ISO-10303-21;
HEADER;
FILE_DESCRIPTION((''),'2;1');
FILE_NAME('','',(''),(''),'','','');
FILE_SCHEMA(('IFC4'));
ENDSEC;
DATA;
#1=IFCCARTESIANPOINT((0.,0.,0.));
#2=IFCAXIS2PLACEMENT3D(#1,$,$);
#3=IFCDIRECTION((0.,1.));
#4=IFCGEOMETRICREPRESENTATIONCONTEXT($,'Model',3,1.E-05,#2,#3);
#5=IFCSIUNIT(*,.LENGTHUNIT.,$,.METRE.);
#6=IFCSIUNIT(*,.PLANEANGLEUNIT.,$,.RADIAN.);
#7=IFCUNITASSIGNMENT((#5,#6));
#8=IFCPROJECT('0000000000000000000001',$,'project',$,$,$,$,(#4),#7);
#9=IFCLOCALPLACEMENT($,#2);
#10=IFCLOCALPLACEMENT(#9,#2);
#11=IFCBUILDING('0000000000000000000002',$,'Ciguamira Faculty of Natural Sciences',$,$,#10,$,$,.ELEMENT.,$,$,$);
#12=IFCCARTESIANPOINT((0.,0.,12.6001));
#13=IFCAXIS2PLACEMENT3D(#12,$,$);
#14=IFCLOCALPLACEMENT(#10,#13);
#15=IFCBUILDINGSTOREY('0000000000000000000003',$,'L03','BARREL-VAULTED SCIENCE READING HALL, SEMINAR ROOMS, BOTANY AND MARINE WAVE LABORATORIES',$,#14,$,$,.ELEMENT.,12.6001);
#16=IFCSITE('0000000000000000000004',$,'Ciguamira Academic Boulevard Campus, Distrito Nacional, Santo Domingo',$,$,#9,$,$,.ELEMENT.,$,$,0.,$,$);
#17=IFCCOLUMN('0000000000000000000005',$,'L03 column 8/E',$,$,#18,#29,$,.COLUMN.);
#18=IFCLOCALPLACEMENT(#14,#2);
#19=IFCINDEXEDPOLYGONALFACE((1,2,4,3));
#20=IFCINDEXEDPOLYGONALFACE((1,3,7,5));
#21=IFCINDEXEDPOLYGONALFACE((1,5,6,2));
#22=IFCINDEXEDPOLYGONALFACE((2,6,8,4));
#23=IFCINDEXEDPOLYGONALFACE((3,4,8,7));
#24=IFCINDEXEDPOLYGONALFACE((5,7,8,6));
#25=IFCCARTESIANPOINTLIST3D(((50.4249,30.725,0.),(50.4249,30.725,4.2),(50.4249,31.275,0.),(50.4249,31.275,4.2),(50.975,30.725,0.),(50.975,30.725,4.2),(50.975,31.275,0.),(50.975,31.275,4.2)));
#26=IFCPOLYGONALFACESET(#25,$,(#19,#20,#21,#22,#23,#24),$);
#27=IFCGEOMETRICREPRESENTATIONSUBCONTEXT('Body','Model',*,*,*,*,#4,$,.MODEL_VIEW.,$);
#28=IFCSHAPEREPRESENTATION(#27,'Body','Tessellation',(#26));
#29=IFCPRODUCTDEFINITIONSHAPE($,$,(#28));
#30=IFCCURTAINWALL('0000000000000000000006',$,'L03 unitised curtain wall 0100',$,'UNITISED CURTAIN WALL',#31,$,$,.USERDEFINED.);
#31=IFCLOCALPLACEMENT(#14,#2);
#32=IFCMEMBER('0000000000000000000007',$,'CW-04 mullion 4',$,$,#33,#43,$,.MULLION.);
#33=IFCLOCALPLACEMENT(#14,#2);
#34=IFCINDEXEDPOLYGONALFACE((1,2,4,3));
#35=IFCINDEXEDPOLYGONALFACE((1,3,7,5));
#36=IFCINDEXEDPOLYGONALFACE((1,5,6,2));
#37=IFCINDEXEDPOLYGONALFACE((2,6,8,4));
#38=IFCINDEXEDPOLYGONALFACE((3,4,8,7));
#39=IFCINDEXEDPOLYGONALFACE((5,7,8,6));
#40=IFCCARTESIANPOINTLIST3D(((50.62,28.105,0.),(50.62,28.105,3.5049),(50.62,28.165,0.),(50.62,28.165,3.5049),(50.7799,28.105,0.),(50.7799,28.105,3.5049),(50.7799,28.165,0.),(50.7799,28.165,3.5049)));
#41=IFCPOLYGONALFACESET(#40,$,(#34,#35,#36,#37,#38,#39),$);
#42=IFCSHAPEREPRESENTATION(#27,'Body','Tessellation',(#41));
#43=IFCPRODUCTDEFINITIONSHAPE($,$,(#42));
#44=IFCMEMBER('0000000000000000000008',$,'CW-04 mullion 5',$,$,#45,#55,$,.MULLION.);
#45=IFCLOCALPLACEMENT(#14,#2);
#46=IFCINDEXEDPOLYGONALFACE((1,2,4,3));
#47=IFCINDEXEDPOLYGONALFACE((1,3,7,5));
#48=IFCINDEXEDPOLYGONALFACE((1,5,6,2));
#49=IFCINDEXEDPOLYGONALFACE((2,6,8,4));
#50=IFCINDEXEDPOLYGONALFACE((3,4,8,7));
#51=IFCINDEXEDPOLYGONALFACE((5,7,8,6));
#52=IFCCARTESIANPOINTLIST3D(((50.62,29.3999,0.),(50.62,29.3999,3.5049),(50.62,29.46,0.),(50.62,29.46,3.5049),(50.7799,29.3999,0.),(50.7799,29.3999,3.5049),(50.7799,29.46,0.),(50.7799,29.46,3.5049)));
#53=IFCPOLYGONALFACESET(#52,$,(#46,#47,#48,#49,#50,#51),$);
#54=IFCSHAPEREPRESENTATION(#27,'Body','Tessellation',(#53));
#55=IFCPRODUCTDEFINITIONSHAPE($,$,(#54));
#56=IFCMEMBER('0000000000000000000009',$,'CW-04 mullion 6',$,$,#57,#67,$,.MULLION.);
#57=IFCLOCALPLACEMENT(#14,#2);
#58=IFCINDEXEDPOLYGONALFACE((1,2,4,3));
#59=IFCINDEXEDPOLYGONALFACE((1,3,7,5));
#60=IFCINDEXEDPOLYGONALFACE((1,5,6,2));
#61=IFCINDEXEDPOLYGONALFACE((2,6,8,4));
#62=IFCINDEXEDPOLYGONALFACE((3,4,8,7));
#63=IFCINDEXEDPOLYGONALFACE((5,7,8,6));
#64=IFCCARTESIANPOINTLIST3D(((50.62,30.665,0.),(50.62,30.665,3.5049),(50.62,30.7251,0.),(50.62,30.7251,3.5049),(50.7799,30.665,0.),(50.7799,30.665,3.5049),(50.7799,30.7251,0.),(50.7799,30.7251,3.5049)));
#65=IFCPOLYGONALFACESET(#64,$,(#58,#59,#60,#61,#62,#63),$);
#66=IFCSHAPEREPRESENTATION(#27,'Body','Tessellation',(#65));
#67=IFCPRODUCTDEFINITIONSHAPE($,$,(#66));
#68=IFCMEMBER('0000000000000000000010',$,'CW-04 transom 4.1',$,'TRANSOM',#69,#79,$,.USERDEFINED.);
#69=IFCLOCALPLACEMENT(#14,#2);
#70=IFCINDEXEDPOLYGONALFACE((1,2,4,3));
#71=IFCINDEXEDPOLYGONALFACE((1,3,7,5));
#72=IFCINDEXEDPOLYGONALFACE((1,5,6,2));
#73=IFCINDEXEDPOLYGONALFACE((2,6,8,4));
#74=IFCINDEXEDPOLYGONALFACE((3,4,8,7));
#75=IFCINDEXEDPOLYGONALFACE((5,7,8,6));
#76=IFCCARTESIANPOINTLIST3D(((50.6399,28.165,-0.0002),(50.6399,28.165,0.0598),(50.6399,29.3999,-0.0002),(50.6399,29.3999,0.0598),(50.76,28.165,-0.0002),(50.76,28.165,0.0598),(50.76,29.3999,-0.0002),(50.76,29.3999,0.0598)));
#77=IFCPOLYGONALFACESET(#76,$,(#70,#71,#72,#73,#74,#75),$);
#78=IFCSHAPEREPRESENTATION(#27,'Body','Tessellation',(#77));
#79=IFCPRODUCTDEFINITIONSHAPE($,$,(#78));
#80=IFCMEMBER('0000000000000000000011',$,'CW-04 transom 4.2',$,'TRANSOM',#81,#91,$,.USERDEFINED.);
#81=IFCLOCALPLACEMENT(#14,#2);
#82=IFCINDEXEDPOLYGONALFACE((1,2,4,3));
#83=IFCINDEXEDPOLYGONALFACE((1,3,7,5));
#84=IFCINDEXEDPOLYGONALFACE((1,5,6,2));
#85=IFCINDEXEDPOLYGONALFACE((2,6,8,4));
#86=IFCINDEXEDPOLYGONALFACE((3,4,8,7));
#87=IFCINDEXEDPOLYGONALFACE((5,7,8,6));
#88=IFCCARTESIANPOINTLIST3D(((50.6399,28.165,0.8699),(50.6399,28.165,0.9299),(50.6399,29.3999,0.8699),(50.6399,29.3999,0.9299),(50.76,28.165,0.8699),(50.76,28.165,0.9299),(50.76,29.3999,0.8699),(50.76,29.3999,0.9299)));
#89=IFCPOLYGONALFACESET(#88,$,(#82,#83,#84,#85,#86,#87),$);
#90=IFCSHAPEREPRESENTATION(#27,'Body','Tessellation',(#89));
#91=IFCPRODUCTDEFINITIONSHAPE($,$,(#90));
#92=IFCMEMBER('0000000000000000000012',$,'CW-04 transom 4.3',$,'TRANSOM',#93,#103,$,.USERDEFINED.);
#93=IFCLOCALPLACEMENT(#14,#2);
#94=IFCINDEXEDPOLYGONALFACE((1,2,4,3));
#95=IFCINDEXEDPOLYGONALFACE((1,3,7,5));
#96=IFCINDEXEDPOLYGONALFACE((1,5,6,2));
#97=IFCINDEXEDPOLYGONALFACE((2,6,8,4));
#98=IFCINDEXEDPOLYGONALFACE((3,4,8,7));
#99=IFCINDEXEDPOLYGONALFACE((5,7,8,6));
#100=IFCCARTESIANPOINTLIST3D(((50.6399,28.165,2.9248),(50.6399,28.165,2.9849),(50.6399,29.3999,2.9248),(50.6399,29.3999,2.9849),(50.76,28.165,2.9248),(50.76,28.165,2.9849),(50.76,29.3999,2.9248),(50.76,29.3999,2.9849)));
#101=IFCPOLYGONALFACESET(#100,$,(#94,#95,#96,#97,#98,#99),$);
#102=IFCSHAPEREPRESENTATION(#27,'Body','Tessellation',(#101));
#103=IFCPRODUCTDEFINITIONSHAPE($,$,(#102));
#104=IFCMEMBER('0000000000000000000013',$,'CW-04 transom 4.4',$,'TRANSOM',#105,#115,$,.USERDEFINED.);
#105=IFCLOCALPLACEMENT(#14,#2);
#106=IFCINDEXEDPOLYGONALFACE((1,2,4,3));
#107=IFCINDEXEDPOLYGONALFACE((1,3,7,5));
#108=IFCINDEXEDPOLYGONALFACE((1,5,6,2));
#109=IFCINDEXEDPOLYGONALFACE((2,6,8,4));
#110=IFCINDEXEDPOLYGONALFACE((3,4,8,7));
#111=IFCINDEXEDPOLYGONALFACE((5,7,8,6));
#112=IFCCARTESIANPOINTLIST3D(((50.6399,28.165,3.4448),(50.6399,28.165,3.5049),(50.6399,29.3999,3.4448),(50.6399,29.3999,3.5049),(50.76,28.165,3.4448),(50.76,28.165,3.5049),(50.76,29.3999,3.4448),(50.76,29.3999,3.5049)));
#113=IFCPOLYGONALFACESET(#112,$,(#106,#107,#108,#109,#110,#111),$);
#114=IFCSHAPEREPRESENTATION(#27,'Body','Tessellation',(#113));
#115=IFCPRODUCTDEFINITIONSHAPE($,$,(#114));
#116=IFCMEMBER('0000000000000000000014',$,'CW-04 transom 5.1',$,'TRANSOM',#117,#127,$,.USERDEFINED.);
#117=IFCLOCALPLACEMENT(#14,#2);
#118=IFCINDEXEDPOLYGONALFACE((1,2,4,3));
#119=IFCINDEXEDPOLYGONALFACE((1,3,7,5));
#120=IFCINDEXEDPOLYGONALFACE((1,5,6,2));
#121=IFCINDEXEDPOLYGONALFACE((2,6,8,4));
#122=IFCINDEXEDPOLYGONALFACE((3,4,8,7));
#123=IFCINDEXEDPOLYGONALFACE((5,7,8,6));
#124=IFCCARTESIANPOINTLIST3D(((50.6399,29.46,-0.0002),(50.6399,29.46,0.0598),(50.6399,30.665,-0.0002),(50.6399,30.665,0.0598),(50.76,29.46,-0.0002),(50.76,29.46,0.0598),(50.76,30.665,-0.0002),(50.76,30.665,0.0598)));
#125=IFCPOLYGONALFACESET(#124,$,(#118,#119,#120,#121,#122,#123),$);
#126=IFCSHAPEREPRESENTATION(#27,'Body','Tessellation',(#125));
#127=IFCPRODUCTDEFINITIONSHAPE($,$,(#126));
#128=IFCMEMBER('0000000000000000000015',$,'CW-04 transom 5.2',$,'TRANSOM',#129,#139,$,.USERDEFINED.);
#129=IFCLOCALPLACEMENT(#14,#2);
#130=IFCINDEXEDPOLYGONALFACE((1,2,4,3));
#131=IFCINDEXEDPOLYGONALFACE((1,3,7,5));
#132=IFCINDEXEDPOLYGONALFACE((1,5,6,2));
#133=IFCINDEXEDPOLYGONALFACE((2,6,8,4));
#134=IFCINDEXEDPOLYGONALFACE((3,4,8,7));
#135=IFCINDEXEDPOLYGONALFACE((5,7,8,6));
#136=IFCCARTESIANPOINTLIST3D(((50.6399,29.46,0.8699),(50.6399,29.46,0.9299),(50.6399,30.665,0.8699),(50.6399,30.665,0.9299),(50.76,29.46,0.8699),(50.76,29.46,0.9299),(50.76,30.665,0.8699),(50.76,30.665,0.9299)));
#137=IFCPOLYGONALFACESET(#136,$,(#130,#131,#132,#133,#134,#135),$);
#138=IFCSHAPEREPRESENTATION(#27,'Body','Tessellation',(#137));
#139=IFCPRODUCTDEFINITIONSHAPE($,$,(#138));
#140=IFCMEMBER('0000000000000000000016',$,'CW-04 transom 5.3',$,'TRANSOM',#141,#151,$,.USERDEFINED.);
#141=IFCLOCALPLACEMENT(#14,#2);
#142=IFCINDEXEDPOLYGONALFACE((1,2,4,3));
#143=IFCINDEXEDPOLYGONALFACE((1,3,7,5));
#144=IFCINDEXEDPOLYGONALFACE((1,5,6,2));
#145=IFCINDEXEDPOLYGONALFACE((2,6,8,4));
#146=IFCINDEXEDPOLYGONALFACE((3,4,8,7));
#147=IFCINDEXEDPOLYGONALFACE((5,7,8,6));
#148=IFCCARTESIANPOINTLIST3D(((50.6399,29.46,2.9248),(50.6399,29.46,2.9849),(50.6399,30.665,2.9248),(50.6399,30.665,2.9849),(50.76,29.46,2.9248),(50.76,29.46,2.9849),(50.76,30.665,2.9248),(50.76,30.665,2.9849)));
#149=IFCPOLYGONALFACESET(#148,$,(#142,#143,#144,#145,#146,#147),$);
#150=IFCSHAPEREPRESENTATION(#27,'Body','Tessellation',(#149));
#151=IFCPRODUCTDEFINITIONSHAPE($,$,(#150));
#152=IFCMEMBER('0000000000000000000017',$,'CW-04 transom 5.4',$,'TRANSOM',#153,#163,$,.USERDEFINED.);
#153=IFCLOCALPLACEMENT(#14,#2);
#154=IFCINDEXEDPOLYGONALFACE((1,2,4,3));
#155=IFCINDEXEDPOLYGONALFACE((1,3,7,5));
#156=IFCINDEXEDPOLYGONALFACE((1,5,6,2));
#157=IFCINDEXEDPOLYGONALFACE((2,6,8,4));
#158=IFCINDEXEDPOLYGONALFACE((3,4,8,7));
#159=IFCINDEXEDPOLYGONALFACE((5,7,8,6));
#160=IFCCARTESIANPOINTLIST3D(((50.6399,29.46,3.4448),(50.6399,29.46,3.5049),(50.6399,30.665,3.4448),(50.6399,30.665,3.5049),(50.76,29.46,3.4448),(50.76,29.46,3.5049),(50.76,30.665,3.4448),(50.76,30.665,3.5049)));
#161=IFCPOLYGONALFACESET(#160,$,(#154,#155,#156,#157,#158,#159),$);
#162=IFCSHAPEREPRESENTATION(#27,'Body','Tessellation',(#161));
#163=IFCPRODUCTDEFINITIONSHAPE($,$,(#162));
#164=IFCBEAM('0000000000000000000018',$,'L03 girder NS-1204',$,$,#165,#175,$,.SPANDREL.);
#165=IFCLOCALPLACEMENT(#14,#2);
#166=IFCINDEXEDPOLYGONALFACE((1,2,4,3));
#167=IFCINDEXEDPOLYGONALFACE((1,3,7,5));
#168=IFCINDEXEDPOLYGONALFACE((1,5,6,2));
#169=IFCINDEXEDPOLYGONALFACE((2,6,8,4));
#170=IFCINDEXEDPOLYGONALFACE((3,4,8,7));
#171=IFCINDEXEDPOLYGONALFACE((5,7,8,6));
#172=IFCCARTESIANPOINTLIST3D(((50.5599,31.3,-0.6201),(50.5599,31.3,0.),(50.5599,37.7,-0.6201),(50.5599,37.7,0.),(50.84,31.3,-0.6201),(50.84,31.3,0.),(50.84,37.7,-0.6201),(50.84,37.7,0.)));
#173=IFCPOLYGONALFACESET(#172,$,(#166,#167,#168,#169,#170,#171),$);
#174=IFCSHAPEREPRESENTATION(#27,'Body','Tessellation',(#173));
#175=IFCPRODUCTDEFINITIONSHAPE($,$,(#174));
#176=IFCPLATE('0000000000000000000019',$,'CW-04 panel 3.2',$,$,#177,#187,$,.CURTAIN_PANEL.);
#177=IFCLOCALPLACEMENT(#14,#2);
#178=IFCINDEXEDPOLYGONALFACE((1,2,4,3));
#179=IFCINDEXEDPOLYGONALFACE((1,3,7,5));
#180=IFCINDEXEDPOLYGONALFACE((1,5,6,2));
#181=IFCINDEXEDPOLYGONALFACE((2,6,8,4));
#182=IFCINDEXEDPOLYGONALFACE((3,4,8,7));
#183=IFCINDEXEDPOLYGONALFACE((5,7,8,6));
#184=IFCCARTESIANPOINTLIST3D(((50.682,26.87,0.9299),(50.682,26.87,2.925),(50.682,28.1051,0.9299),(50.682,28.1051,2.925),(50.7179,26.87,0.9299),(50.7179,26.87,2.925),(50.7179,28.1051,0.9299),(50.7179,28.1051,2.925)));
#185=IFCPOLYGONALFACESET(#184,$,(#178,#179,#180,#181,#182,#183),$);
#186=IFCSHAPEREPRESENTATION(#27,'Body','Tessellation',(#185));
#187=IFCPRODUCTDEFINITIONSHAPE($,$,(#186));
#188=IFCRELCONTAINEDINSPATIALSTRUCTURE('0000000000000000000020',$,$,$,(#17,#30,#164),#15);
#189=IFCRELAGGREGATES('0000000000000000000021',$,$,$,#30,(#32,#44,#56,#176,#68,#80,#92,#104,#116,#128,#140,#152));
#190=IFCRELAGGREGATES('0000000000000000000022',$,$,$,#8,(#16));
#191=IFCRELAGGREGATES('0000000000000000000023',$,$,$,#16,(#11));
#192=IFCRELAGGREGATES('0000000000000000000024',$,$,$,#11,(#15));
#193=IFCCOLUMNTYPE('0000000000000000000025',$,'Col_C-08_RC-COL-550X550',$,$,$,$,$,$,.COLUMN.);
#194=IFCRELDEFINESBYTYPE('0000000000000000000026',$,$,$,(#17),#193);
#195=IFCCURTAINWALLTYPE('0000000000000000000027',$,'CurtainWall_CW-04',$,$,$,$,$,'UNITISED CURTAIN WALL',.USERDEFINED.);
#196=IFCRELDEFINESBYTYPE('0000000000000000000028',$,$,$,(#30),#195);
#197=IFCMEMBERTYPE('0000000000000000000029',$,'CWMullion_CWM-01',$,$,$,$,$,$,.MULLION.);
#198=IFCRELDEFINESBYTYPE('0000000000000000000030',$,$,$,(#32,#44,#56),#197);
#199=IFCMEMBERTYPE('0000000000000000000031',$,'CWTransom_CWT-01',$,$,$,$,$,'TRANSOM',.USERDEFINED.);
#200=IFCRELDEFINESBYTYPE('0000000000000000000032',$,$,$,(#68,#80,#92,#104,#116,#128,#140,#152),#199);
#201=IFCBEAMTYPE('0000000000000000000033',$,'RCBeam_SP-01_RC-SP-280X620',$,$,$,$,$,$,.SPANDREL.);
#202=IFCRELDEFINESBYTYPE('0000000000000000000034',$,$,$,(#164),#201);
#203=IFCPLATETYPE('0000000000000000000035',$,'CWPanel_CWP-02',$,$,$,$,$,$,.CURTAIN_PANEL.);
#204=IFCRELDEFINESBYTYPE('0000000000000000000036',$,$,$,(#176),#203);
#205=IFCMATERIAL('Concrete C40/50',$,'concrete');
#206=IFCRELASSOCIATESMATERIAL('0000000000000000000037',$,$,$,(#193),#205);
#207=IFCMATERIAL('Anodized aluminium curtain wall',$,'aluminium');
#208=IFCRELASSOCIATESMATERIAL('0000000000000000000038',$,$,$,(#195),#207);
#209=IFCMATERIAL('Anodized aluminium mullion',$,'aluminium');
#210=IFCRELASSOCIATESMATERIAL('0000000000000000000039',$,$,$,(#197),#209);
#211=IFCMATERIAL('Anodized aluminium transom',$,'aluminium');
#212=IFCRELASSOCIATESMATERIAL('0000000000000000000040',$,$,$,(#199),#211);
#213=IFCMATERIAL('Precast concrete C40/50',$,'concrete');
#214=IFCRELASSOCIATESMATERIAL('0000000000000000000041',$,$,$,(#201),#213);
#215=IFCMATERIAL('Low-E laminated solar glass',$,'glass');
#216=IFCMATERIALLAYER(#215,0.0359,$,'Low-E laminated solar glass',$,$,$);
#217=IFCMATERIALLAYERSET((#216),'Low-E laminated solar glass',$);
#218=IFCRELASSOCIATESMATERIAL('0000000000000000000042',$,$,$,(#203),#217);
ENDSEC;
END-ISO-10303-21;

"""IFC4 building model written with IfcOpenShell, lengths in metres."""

from ifc_helpers import new_model, si_unit, direction, frame, origin, origin_2d, place, context, subcontext, project, spatial, rectangle, extrude, material, layer, layer_set, material_profile, profile_set, type_object, element, aggregate, save


model = new_model("IFC4")

# Units and contexts
model_context = context("Model", 3, precision=1e-05, world=origin(), true_north=direction((0.0, 1.0)))
body_context = subcontext(model_context, "Body", "Model", "MODEL_VIEW")
ifc_project = project(units=[si_unit("LENGTHUNIT", "METRE"), si_unit("PLANEANGLEUNIT", "RADIAN")], contexts=[model_context])

# Site, building, storey
site_placement = place(None, origin())
site = spatial("IfcSite", under=ifc_project, at=site_placement, Name="Ciguamira Academic Boulevard Campus, Distrito Nacional, Santo Domingo", CompositionType="ELEMENT", RefElevation=0.0)
building_placement = place(site_placement, origin())
building = spatial("IfcBuilding", under=site, at=building_placement, Name="Ciguamira Faculty of Natural Sciences", CompositionType="ELEMENT")
storey_placement = place(building_placement, frame((0.0, 0.0, 12.6001)))
storey = spatial("IfcBuildingStorey", under=building, at=storey_placement, Name="L03", Description="BARREL-VAULTED SCIENCE READING HALL, SEMINAR ROOMS, BOTANY AND MARINE WAVE LABORATORIES", CompositionType="ELEMENT", Elevation=12.6001)

# Column
ifc_material_1 = material(Name="Concrete C40/50", Category="concrete")
ifc_material_profile_1 = material_profile(ifc_material_1, rectangle(XDim=0.55, YDim=0.55, at=origin_2d()), Name="RC-COL-550X550")
ifc_profile_set_1 = profile_set([ifc_material_profile_1], Name="Concrete C40/50")
column_type = type_object("IfcColumnType", Name="Col_C-08_RC-COL-550X550", PredefinedType="COLUMN", material=ifc_profile_set_1)
column_placement = place(storey_placement, frame((50.7, 31.0, 0.0), z_axis=(0.0, 0.0, 1.0), x_axis=(1.0, 0.0, 0.0)))
element("IfcColumn", 1, at=column_placement, inside=storey, type_object=column_type, Name="L03 column 8/E", PredefinedType="COLUMN", context=body_context, shape_type="SweptSolid", body=[
    extrude(rectangle(XDim=0.55, YDim=0.55, at=origin_2d()), origin(), (0.0, 0.0, 1.0), 4.2),
])

# Curtain wall, members
ifc_material_2 = material(Name="Anodized aluminium curtain wall", Category="aluminium")
curtain_wall_type = type_object("IfcCurtainWallType", Name="CurtainWall_CW-04", ElementType="UNITISED CURTAIN WALL", PredefinedType="USERDEFINED", material=ifc_material_2)
curtain_wall_placement = place(storey_placement, origin())
curtain_wall = element("IfcCurtainWall", 2, at=curtain_wall_placement, inside=storey, type_object=curtain_wall_type, Name="L03 unitised curtain wall 0100", ObjectType="UNITISED CURTAIN WALL", PredefinedType="USERDEFINED")
ifc_material_3 = material(Name="Anodized aluminium mullion", Category="aluminium")
ifc_material_profile_2 = material_profile(ifc_material_3, rectangle(XDim=0.0601, YDim=0.1599, at=origin_2d()), Name="ALU-MUL-60X160")
ifc_profile_set_2 = profile_set([ifc_material_profile_2], Name="Anodized aluminium mullion")
member_type_1 = type_object("IfcMemberType", Name="CWMullion_CWM-01", PredefinedType="MULLION", material=ifc_profile_set_2)
member_1_placement = place(storey_placement, frame((50.7, 28.135, 0.0), z_axis=(0.0, 0.0, 1.0), x_axis=(0.0, 1.0, 0.0)))
member_1 = element("IfcMember", 3, at=member_1_placement, type_object=member_type_1, Name="CW-04 mullion 4", PredefinedType="MULLION", context=body_context, shape_type="SweptSolid", body=[
    extrude(rectangle(XDim=0.0601, YDim=0.1599, at=origin_2d()), origin(), (0.0, 0.0, 1.0), 3.5049),
])
member_2_placement = place(storey_placement, frame((50.7, 29.4299, 0.0), z_axis=(0.0, 0.0, 1.0), x_axis=(0.0, 1.0, 0.0)))
member_2 = element("IfcMember", 4, at=member_2_placement, type_object=member_type_1, Name="CW-04 mullion 5", PredefinedType="MULLION", context=body_context, shape_type="SweptSolid", body=[
    extrude(rectangle(XDim=0.0601, YDim=0.1599, at=origin_2d()), origin(), (0.0, 0.0, 1.0), 3.5049),
])
member_3_placement = place(storey_placement, frame((50.7, 30.6951, 0.0), z_axis=(0.0, 0.0, 1.0), x_axis=(0.0, 1.0, 0.0)))
member_3 = element("IfcMember", 5, at=member_3_placement, type_object=member_type_1, Name="CW-04 mullion 6", PredefinedType="MULLION", context=body_context, shape_type="SweptSolid", body=[
    extrude(rectangle(XDim=0.0601, YDim=0.1599, at=origin_2d()), origin(), (0.0, 0.0, 1.0), 3.5049),
])
ifc_material_4 = material(Name="Anodized aluminium transom", Category="aluminium")
ifc_material_profile_3 = material_profile(ifc_material_4, rectangle(XDim=0.0601, YDim=0.1201, at=origin_2d()), Name="ALU-TRN-60X120")
ifc_profile_set_3 = profile_set([ifc_material_profile_3], Name="Anodized aluminium transom")
member_type_2 = type_object("IfcMemberType", Name="CWTransom_CWT-01", ElementType="TRANSOM", PredefinedType="USERDEFINED", material=ifc_profile_set_3)
member_4_placement = place(storey_placement, frame((50.7, 28.165, 0.0298), z_axis=(0.0, 1.0, 0.0), x_axis=(0.0, 0.0, 1.0)))
member_4 = element("IfcMember", 6, at=member_4_placement, type_object=member_type_2, Name="CW-04 transom 4.1", ObjectType="TRANSOM", PredefinedType="USERDEFINED", context=body_context, shape_type="SweptSolid", body=[
    extrude(rectangle(XDim=0.0601, YDim=0.1201, at=origin_2d()), origin(), (0.0, 0.0, 1.0), 1.2349),
])
member_5_placement = place(storey_placement, frame((50.7, 28.165, 0.8999), z_axis=(0.0, 1.0, 0.0), x_axis=(0.0, 0.0, 1.0)))
member_5 = element("IfcMember", 7, at=member_5_placement, type_object=member_type_2, Name="CW-04 transom 4.2", ObjectType="TRANSOM", PredefinedType="USERDEFINED", context=body_context, shape_type="SweptSolid", body=[
    extrude(rectangle(XDim=0.0601, YDim=0.1201, at=origin_2d()), origin(), (0.0, 0.0, 1.0), 1.2349),
])
member_6_placement = place(storey_placement, frame((50.7, 28.165, 2.9548), z_axis=(0.0, 1.0, 0.0), x_axis=(0.0, 0.0, 1.0)))
member_6 = element("IfcMember", 8, at=member_6_placement, type_object=member_type_2, Name="CW-04 transom 4.3", ObjectType="TRANSOM", PredefinedType="USERDEFINED", context=body_context, shape_type="SweptSolid", body=[
    extrude(rectangle(XDim=0.0601, YDim=0.1201, at=origin_2d()), origin(), (0.0, 0.0, 1.0), 1.2349),
])
member_7_placement = place(storey_placement, frame((50.7, 28.165, 3.4749), z_axis=(0.0, 1.0, 0.0), x_axis=(0.0, 0.0, 1.0)))
member_7 = element("IfcMember", 9, at=member_7_placement, type_object=member_type_2, Name="CW-04 transom 4.4", ObjectType="TRANSOM", PredefinedType="USERDEFINED", context=body_context, shape_type="SweptSolid", body=[
    extrude(rectangle(XDim=0.0601, YDim=0.1201, at=origin_2d()), origin(), (0.0, 0.0, 1.0), 1.2349),
])
member_8_placement = place(storey_placement, frame((50.7, 29.46, 0.0298), z_axis=(0.0, 1.0, 0.0), x_axis=(0.0, 0.0, 1.0)))
member_8 = element("IfcMember", 10, at=member_8_placement, type_object=member_type_2, Name="CW-04 transom 5.1", ObjectType="TRANSOM", PredefinedType="USERDEFINED", context=body_context, shape_type="SweptSolid", body=[
    extrude(rectangle(XDim=0.0601, YDim=0.1201, at=origin_2d()), origin(), (0.0, 0.0, 1.0), 1.2051),
])
member_9_placement = place(storey_placement, frame((50.7, 29.46, 0.8999), z_axis=(0.0, 1.0, 0.0), x_axis=(0.0, 0.0, 1.0)))
member_9 = element("IfcMember", 11, at=member_9_placement, type_object=member_type_2, Name="CW-04 transom 5.2", ObjectType="TRANSOM", PredefinedType="USERDEFINED", context=body_context, shape_type="SweptSolid", body=[
    extrude(rectangle(XDim=0.0601, YDim=0.1201, at=origin_2d()), origin(), (0.0, 0.0, 1.0), 1.2051),
])
member_10_placement = place(storey_placement, frame((50.7, 29.46, 2.9548), z_axis=(0.0, 1.0, 0.0), x_axis=(0.0, 0.0, 1.0)))
member_10 = element("IfcMember", 12, at=member_10_placement, type_object=member_type_2, Name="CW-04 transom 5.3", ObjectType="TRANSOM", PredefinedType="USERDEFINED", context=body_context, shape_type="SweptSolid", body=[
    extrude(rectangle(XDim=0.0601, YDim=0.1201, at=origin_2d()), origin(), (0.0, 0.0, 1.0), 1.2051),
])
member_11_placement = place(storey_placement, frame((50.7, 29.46, 3.4749), z_axis=(0.0, 1.0, 0.0), x_axis=(0.0, 0.0, 1.0)))
member_11 = element("IfcMember", 13, at=member_11_placement, type_object=member_type_2, Name="CW-04 transom 5.4", ObjectType="TRANSOM", PredefinedType="USERDEFINED", context=body_context, shape_type="SweptSolid", body=[
    extrude(rectangle(XDim=0.0601, YDim=0.1201, at=origin_2d()), origin(), (0.0, 0.0, 1.0), 1.2051),
])

# Beam
ifc_material_5 = material(Name="Precast concrete C40/50", Category="concrete")
ifc_material_profile_4 = material_profile(ifc_material_5, rectangle(XDim=0.28, YDim=0.6201, at=origin_2d()), Name="RC-SP-280X620")
ifc_profile_set_4 = profile_set([ifc_material_profile_4], Name="Precast concrete C40/50")
beam_type = type_object("IfcBeamType", Name="RCBeam_SP-01_RC-SP-280X620", PredefinedType="SPANDREL", material=ifc_profile_set_4)
beam_placement = place(storey_placement, frame((50.7, 31.3, -0.3101), z_axis=(0.0, 1.0, 0.0), x_axis=(-1.0, 0.0, 0.0)))
element("IfcBeam", 14, at=beam_placement, inside=storey, type_object=beam_type, Name="L03 girder NS-1204", PredefinedType="SPANDREL", context=body_context, shape_type="SweptSolid", body=[
    extrude(rectangle(XDim=0.28, YDim=0.6201, at=origin_2d()), origin(), (0.0, 0.0, 1.0), 6.3999),
])

# Plate
ifc_material_6 = material(Name="Low-E laminated solar glass", Category="glass")
ifc_layer = layer(ifc_material_6, 0.0359, Name="Low-E laminated solar glass")
ifc_layer_set = layer_set([ifc_layer], Name="Low-E laminated solar glass")
plate_type = type_object("IfcPlateType", Name="CWPanel_CWP-02", PredefinedType="CURTAIN_PANEL", material=ifc_layer_set)
plate_1_placement = place(storey_placement, frame((50.7, 27.4875, 0.9299), z_axis=(0.0, 0.0, 1.0), x_axis=(0.0, 1.0, 0.0)))
plate_1 = element("IfcPlate", 15, at=plate_1_placement, type_object=plate_type, Name="CW-04 panel 3.2", PredefinedType="CURTAIN_PANEL", context=body_context, shape_type="SweptSolid", body=[
    extrude(rectangle(XDim=1.2351, YDim=0.0359, at=origin_2d()), origin(), (0.0, 0.0, 1.0), 1.9951),
])
aggregate(curtain_wall, [member_1, member_2, member_3, plate_1, member_4, member_5, member_6, member_7, member_8, member_9, member_10, member_11])

save(model, "model.ifc")
